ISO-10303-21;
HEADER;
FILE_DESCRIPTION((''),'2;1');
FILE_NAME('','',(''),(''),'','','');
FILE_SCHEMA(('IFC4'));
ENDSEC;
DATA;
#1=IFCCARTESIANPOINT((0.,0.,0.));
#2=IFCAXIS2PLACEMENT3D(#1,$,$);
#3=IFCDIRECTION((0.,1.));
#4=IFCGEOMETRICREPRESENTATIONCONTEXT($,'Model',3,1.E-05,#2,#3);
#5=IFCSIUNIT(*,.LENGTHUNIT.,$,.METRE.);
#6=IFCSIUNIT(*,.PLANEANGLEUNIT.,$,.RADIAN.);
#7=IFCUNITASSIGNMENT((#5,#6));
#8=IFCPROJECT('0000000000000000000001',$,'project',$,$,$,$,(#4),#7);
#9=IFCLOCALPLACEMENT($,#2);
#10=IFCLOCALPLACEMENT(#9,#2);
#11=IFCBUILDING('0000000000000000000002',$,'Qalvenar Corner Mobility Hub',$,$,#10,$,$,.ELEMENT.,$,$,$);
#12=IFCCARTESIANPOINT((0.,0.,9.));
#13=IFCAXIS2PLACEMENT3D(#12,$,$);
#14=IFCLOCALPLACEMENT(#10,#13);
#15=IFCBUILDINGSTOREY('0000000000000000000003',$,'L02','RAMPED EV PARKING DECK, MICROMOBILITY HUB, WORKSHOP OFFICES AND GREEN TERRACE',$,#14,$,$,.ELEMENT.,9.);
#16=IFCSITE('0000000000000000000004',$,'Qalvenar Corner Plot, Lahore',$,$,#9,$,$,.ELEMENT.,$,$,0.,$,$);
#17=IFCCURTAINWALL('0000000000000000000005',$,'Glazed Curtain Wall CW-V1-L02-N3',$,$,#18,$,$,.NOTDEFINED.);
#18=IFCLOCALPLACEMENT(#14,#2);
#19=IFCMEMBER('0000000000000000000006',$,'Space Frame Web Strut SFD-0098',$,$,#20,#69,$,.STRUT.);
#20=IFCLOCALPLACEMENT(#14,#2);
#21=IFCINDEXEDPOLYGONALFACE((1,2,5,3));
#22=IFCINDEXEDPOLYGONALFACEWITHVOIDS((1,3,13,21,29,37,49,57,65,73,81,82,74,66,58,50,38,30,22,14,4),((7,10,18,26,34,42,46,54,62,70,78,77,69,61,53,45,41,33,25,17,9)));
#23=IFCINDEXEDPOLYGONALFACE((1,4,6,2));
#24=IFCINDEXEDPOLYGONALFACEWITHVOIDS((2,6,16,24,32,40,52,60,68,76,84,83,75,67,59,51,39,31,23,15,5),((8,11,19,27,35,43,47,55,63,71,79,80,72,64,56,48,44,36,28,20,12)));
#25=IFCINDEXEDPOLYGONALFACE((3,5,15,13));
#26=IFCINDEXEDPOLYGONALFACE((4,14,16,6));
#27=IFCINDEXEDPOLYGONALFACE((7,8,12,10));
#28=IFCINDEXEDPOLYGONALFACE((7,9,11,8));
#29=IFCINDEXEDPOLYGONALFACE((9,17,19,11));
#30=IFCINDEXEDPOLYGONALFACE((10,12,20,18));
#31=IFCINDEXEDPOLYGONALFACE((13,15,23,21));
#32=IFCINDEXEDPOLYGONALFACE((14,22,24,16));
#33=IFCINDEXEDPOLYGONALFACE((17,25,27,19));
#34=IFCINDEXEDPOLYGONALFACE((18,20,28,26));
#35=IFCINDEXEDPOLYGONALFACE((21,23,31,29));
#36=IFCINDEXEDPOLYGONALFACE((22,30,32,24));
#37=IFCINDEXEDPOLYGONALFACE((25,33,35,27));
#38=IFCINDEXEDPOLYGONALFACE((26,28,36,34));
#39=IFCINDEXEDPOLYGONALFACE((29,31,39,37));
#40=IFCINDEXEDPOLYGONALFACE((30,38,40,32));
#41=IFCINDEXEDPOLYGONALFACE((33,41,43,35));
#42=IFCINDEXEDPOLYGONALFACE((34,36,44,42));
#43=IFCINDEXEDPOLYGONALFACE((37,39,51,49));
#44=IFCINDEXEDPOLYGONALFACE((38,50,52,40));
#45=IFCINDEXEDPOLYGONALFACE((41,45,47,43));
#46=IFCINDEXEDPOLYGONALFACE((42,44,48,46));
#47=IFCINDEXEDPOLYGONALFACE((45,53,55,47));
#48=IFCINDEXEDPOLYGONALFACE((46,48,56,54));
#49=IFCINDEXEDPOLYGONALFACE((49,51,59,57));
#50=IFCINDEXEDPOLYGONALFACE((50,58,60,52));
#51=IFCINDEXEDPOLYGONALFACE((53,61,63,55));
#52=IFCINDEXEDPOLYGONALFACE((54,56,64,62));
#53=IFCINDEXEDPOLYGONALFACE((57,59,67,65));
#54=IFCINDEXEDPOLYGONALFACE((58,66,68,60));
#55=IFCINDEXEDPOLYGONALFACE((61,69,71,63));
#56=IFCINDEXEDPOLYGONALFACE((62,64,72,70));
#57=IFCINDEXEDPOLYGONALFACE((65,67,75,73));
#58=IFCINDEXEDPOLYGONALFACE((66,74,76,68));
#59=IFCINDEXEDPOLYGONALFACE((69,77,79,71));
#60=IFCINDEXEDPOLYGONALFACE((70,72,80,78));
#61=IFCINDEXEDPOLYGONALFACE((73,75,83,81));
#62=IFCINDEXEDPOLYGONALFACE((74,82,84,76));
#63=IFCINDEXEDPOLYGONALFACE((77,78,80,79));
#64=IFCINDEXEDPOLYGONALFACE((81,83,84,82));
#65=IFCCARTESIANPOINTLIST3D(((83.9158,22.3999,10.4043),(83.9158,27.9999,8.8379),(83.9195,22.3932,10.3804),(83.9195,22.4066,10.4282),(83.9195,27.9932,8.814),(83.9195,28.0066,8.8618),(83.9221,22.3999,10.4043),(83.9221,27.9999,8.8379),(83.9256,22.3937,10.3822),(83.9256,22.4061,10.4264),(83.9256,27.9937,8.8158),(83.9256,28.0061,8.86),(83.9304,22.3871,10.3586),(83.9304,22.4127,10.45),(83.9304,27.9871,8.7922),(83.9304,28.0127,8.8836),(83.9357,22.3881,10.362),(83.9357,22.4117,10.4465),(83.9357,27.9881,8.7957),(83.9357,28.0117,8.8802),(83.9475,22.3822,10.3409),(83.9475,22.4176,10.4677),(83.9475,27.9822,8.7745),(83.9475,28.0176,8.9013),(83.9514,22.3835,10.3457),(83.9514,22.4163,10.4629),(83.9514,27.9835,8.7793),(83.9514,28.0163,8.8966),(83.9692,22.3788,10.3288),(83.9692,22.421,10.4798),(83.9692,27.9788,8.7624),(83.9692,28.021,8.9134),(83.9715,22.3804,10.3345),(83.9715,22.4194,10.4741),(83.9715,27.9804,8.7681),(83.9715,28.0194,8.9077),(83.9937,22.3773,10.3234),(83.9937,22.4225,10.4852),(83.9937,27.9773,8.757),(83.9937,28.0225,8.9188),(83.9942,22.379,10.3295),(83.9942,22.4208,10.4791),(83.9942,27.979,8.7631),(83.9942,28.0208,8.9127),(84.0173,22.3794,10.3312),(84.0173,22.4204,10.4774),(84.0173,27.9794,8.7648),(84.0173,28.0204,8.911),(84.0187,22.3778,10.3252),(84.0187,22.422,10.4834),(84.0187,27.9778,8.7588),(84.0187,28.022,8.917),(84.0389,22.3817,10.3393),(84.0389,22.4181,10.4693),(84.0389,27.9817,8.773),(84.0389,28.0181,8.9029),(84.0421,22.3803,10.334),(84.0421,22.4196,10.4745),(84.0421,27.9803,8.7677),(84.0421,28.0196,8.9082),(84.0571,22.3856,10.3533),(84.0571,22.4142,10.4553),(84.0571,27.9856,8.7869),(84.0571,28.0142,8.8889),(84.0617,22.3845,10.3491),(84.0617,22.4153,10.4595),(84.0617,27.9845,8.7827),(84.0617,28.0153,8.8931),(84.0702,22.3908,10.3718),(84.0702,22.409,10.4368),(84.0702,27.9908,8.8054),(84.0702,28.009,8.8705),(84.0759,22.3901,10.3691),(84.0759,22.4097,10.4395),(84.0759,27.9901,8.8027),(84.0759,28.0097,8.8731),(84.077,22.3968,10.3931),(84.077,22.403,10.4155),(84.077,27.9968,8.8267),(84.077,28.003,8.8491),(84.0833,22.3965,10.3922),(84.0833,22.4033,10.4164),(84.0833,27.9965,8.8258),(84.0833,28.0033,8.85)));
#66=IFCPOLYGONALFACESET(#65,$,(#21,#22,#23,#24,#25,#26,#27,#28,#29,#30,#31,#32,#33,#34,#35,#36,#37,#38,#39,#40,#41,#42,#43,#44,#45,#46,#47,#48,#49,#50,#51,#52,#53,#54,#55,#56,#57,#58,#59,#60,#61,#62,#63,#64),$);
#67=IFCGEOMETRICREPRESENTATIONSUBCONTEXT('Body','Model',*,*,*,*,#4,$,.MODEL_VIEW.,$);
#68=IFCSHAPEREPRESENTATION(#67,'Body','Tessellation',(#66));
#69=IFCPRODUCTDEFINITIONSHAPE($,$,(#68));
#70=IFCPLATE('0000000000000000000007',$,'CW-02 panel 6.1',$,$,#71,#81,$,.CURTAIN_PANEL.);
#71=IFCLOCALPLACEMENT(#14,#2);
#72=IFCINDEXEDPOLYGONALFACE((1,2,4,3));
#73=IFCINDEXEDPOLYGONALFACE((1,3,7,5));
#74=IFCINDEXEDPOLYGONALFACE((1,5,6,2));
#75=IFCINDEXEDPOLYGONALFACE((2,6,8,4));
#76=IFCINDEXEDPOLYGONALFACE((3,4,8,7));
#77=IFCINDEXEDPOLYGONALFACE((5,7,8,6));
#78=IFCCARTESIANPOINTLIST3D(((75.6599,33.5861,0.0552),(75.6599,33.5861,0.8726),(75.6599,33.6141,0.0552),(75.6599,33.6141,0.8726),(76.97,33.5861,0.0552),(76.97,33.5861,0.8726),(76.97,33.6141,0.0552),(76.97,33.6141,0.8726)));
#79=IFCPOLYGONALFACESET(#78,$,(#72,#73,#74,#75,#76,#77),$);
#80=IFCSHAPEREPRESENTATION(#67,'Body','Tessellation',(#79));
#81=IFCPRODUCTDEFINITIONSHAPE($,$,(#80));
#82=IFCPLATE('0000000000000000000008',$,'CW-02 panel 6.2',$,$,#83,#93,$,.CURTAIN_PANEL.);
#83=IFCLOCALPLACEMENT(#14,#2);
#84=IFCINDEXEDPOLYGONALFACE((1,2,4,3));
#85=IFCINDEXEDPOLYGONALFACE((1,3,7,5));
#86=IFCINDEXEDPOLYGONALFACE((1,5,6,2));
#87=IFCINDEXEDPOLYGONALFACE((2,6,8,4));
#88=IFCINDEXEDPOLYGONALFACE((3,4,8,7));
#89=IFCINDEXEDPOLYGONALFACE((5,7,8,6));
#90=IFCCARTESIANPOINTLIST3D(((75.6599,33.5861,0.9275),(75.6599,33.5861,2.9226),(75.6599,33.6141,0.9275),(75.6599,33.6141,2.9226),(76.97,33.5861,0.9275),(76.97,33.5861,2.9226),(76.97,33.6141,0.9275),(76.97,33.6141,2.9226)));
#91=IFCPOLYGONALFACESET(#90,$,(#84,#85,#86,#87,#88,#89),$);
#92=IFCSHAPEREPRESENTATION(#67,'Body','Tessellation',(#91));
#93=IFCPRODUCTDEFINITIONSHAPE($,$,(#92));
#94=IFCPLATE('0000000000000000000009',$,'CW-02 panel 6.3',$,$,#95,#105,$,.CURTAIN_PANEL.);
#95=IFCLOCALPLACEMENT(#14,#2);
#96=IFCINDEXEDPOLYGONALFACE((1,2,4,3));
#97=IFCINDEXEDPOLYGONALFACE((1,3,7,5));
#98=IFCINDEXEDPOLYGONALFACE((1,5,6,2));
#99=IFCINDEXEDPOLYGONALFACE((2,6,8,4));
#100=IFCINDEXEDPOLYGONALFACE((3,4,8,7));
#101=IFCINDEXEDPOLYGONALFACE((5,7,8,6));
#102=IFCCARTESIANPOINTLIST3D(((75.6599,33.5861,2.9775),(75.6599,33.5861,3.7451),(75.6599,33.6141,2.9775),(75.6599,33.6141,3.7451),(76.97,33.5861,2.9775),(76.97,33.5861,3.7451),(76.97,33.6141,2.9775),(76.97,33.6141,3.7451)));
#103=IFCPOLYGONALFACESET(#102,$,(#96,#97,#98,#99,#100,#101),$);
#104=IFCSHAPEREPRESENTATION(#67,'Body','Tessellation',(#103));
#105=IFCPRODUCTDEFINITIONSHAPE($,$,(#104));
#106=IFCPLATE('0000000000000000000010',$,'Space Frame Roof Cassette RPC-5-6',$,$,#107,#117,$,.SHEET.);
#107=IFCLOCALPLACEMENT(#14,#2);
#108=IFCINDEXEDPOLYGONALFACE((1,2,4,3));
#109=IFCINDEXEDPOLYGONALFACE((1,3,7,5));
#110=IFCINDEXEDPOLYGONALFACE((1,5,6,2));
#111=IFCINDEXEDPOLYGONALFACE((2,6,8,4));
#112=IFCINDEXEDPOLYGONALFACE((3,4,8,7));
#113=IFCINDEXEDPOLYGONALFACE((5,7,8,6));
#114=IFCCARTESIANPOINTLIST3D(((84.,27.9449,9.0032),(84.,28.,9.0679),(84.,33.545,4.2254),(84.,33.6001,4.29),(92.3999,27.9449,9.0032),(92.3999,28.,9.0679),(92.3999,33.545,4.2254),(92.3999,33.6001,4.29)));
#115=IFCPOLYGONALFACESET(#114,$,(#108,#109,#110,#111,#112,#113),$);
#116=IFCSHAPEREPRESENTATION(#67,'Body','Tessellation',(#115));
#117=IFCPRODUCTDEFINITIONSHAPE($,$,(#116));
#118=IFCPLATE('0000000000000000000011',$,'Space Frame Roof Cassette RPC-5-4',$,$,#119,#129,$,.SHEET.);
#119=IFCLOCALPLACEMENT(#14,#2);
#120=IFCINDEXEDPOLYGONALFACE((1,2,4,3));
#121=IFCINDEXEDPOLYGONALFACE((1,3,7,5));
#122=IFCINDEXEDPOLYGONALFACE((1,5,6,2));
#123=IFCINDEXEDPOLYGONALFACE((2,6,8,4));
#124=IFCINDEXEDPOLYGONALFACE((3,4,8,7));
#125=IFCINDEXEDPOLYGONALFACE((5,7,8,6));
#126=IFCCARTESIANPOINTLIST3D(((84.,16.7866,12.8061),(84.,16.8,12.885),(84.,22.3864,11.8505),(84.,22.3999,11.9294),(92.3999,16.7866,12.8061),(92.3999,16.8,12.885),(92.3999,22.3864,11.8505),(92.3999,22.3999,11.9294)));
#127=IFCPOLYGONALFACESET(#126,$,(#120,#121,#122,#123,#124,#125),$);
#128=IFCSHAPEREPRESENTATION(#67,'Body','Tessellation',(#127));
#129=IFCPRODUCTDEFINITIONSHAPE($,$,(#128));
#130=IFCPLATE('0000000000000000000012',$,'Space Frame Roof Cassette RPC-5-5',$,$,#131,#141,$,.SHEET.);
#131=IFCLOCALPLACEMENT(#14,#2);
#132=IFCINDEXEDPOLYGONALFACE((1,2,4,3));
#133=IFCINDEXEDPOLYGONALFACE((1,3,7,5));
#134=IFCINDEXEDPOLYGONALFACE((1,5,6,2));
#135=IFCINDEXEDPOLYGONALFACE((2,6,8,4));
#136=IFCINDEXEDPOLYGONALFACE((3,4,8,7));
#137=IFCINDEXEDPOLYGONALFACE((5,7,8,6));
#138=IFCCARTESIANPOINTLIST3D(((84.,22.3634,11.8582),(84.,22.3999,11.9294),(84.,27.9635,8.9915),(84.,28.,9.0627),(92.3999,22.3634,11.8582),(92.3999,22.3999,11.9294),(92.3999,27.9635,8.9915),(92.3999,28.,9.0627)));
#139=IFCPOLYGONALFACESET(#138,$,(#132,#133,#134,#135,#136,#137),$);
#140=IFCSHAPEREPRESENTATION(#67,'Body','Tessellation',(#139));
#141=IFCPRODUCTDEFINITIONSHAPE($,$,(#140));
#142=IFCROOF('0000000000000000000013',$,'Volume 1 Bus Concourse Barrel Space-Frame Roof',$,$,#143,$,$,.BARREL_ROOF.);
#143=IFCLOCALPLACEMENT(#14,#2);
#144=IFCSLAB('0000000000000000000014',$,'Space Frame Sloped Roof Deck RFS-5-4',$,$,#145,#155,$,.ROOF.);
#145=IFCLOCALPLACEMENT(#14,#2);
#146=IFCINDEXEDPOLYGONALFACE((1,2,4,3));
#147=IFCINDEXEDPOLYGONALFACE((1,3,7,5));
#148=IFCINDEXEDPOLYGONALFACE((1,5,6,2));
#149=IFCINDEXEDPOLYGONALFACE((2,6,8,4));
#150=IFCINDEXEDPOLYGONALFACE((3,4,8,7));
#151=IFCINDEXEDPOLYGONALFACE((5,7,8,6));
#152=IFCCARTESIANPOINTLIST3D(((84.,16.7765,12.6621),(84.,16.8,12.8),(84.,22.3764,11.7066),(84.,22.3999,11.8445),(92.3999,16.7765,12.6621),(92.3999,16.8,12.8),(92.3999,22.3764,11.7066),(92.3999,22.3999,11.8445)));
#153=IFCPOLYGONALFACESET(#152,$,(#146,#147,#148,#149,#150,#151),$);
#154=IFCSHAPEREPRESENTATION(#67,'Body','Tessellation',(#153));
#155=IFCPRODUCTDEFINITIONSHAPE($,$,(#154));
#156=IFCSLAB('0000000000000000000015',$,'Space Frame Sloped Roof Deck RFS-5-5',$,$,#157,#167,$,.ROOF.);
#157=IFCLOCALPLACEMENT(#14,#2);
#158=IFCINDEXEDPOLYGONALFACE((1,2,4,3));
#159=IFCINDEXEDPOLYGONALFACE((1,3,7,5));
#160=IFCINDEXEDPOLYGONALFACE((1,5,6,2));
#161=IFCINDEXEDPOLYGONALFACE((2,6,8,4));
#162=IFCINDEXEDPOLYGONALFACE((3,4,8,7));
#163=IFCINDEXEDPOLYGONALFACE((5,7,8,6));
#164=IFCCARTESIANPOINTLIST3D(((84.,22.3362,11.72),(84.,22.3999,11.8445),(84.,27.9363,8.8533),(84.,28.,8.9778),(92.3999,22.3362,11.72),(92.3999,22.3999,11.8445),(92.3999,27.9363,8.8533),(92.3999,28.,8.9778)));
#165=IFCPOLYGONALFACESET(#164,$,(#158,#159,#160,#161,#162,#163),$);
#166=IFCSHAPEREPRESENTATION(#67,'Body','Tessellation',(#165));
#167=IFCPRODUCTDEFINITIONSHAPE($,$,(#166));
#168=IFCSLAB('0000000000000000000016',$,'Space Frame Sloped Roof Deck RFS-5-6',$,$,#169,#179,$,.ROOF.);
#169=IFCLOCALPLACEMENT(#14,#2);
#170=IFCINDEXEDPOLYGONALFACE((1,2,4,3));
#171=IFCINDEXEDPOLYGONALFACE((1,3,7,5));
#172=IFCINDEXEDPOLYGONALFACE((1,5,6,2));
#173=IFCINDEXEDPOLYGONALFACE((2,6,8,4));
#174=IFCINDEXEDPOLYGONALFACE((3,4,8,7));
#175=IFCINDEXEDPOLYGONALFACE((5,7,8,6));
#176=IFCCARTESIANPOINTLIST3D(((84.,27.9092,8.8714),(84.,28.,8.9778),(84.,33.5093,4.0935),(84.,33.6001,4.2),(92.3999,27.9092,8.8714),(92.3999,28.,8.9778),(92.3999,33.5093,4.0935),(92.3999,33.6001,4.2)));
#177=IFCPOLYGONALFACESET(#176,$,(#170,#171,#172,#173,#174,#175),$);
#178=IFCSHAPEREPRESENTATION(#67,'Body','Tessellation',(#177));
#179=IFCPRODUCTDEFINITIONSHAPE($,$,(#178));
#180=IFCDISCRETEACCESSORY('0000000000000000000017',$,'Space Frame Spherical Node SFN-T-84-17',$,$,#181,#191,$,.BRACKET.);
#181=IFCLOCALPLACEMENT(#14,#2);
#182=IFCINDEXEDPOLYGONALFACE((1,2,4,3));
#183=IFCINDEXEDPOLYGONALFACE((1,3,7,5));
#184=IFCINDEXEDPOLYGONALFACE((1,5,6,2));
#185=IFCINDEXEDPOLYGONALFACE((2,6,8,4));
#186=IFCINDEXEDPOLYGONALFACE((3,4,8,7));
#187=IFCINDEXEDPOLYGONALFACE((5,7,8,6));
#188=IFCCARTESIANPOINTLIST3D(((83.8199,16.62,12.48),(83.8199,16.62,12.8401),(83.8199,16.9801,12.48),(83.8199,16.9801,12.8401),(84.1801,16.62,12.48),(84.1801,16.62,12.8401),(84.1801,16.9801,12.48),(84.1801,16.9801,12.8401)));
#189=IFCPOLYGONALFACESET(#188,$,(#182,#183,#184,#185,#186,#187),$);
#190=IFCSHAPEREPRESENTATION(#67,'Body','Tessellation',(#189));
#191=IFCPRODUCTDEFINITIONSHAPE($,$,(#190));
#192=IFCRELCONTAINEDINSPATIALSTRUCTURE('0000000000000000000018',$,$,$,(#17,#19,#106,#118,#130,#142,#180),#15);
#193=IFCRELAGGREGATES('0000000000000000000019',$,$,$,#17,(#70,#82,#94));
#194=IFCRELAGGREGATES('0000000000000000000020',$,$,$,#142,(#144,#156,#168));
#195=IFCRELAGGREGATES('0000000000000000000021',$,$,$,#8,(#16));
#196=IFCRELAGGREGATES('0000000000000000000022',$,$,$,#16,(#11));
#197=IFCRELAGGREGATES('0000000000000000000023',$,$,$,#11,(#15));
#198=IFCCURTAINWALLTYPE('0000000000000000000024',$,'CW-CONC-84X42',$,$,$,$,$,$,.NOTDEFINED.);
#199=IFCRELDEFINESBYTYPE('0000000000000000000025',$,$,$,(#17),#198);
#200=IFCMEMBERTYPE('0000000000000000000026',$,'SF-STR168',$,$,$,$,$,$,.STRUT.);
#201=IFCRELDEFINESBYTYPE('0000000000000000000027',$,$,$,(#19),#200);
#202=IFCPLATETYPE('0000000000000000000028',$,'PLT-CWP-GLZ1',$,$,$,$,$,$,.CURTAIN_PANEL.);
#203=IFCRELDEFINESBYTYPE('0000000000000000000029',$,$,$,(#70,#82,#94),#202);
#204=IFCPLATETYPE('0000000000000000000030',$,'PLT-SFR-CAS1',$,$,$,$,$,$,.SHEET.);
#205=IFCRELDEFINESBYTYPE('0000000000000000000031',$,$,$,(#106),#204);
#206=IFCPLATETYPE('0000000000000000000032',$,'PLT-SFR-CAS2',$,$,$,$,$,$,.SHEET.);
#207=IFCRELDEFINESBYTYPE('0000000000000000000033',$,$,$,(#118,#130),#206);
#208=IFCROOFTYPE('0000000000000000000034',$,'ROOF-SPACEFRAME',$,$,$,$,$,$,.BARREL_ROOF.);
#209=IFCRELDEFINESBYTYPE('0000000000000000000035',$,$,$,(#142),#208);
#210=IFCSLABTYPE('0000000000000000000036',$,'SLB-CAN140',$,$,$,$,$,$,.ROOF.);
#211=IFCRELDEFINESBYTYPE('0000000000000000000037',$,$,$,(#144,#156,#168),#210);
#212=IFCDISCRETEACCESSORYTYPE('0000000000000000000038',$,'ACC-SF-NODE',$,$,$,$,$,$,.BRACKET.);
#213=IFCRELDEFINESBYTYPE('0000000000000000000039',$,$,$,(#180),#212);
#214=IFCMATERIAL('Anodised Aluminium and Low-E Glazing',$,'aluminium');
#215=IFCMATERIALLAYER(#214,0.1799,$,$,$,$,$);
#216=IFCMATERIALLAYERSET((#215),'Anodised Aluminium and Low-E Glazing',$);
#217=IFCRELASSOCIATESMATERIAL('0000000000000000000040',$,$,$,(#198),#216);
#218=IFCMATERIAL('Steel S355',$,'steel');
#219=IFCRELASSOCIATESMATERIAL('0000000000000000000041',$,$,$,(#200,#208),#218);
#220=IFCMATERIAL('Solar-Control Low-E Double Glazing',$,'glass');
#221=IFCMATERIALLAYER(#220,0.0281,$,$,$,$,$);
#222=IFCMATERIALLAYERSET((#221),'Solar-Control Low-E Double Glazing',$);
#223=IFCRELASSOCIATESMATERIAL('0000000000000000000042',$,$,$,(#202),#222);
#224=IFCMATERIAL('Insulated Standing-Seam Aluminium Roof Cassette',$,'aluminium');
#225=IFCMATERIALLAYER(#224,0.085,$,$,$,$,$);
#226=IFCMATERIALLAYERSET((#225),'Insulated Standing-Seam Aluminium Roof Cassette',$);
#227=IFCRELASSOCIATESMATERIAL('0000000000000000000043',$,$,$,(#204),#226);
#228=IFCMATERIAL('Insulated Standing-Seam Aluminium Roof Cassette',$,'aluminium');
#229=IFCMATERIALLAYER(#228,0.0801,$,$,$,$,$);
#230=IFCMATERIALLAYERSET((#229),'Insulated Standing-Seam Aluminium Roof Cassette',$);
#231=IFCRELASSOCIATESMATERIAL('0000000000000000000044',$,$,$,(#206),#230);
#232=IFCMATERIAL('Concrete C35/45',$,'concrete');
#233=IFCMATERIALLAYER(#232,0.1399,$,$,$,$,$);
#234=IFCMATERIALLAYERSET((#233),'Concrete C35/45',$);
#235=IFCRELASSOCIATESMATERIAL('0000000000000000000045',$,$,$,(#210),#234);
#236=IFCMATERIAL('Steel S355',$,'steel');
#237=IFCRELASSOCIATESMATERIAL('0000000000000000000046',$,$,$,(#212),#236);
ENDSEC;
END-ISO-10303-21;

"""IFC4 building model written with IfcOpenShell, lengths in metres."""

from ifc_helpers import new_model, si_unit, direction, frame, origin, origin_2d, place, context, subcontext, project, spatial, polyline, rectangle, hollow_circle, outline, extrude, material, layer, layer_set, material_profile, profile_set, type_object, element, aggregate, save


model = new_model("IFC4")

# Units and contexts
model_context = context("Model", 3, precision=1e-05, world=origin(), true_north=direction((0.0, 1.0)))
body_context = subcontext(model_context, "Body", "Model", "MODEL_VIEW")
ifc_project = project(units=[si_unit("LENGTHUNIT", "METRE"), si_unit("PLANEANGLEUNIT", "RADIAN")], contexts=[model_context])

# Site, building, storey
site_placement = place(None, origin())
site = spatial("IfcSite", under=ifc_project, at=site_placement, Name="Qalvenar Corner Plot, Lahore", CompositionType="ELEMENT", RefElevation=0.0)
building_placement = place(site_placement, origin())
building = spatial("IfcBuilding", under=site, at=building_placement, Name="Qalvenar Corner Mobility Hub", CompositionType="ELEMENT")
storey_placement = place(building_placement, frame((0.0, 0.0, 9.0)))
storey = spatial("IfcBuildingStorey", under=building, at=storey_placement, Name="L02", Description="RAMPED EV PARKING DECK, MICROMOBILITY HUB, WORKSHOP OFFICES AND GREEN TERRACE", CompositionType="ELEMENT", Elevation=9.0)

# Curtain wall
ifc_material_1 = material(Name="Anodised Aluminium and Low-E Glazing", Category="aluminium")
ifc_layer_1 = layer(ifc_material_1, 0.1799)
ifc_layer_set_1 = layer_set([ifc_layer_1], Name="Anodised Aluminium and Low-E Glazing")
curtain_wall_type = type_object("IfcCurtainWallType", Name="CW-CONC-84X42", PredefinedType="NOTDEFINED", material=ifc_layer_set_1)
curtain_wall_placement = place(storey_placement, origin())
curtain_wall = element("IfcCurtainWall", 1, at=curtain_wall_placement, inside=storey, type_object=curtain_wall_type, Name="Glazed Curtain Wall CW-V1-L02-N3", PredefinedType="NOTDEFINED")

# Member
ifc_material_2 = material(Name="Steel S355", Category="steel")
ifc_material_profile_1 = material_profile(ifc_material_2, hollow_circle(Radius=0.0842, WallThickness=0.0063, at=origin_2d()), Name="CHS168.3x6.3")
ifc_profile_set_1 = profile_set([ifc_material_profile_1], Name="Steel S355")
member_type_1 = type_object("IfcMemberType", Name="SF-STR168", PredefinedType="STRUT", material=ifc_profile_set_1)
member_1_placement = place(storey_placement, frame((84.0, 22.3999, 10.4043), z_axis=(0.0, 0.963036, -0.269371), x_axis=(-1.0, 0.0, 0.0)))
element("IfcMember", 2, at=member_1_placement, inside=storey, type_object=member_type_1, Name="Space Frame Web Strut SFD-0098", PredefinedType="STRUT", context=body_context, shape_type="SweptSolid", body=[
    extrude(hollow_circle(Radius=0.0842, WallThickness=0.0063, at=origin_2d()), origin(), (0.0, 0.0, 1.0), 5.8149),
])

# Plates
ifc_material_3 = material(Name="Solar-Control Low-E Double Glazing", Category="glass")
ifc_layer_2 = layer(ifc_material_3, 0.0281)
ifc_layer_set_2 = layer_set([ifc_layer_2], Name="Solar-Control Low-E Double Glazing")
plate_type_1 = type_object("IfcPlateType", Name="PLT-CWP-GLZ1", PredefinedType="CURTAIN_PANEL", material=ifc_layer_set_2)
plate_1_placement = place(storey_placement, frame((76.3149, 33.6001, 0.0552), z_axis=(0.0, 0.0, 1.0), x_axis=(-1.0, 0.0, 0.0)))
plate_1 = element("IfcPlate", 3, at=plate_1_placement, type_object=plate_type_1, Name="CW-02 panel 6.1", PredefinedType="CURTAIN_PANEL", context=body_context, shape_type="SweptSolid", body=[
    extrude(rectangle(XDim=1.3101, YDim=0.0281, at=origin_2d()), origin(), (0.0, 0.0, 1.0), 0.8174),
])
plate_2_placement = place(storey_placement, frame((76.3149, 33.6001, 0.9275), z_axis=(0.0, 0.0, 1.0), x_axis=(-1.0, 0.0, 0.0)))
plate_2 = element("IfcPlate", 4, at=plate_2_placement, type_object=plate_type_1, Name="CW-02 panel 6.2", PredefinedType="CURTAIN_PANEL", context=body_context, shape_type="SweptSolid", body=[
    extrude(rectangle(XDim=1.3101, YDim=0.0281, at=origin_2d()), origin(), (0.0, 0.0, 1.0), 1.9951),
])
plate_3_placement = place(storey_placement, frame((76.3149, 33.6001, 2.9775), z_axis=(0.0, 0.0, 1.0), x_axis=(-1.0, 0.0, 0.0)))
plate_3 = element("IfcPlate", 5, at=plate_3_placement, type_object=plate_type_1, Name="CW-02 panel 6.3", PredefinedType="CURTAIN_PANEL", context=body_context, shape_type="SweptSolid", body=[
    extrude(rectangle(XDim=1.3101, YDim=0.0281, at=origin_2d()), origin(), (0.0, 0.0, 1.0), 0.7676),
])
aggregate(curtain_wall, [plate_1, plate_2, plate_3])

# Plates
ifc_material_4 = material(Name="Insulated Standing-Seam Aluminium Roof Cassette", Category="aluminium")
ifc_layer_3 = layer(ifc_material_4, 0.085)
ifc_layer_set_3 = layer_set([ifc_layer_3], Name="Insulated Standing-Seam Aluminium Roof Cassette")
plate_type_2 = type_object("IfcPlateType", Name="PLT-SFR-CAS1", PredefinedType="SHEET", material=ifc_layer_set_3)
plate_4_placement = place(storey_placement, frame((84.0, 28.0, 9.0679), z_axis=(0.0, 0.649047, 0.760748), x_axis=(1.0, 0.0, 0.0)))
element("IfcPlate", 6, at=plate_4_placement, inside=storey, type_object=plate_type_2, Name="Space Frame Roof Cassette RPC-5-6", PredefinedType="SHEET", context=body_context, shape_type="SweptSolid", body=[
    extrude(outline(polyline([(0.0, 0.0), (8.3999, 0.0), (8.3999, 7.3613), (0.0, 7.3613), (0.0, 0.0)])), origin(), (0.0, 0.0, -1.0), 0.085),
])
ifc_material_5 = material(Name="Insulated Standing-Seam Aluminium Roof Cassette", Category="aluminium")
ifc_layer_4 = layer(ifc_material_5, 0.0801)
ifc_layer_set_4 = layer_set([ifc_layer_4], Name="Insulated Standing-Seam Aluminium Roof Cassette")
plate_type_3 = type_object("IfcPlateType", Name="PLT-SFR-CAS2", PredefinedType="SHEET", material=ifc_layer_set_4)
plate_5_placement = place(storey_placement, frame((84.0, 16.8, 12.885), z_axis=(0.0, 0.16821, 0.985751), x_axis=(1.0, 0.0, 0.0)))
element("IfcPlate", 7, at=plate_5_placement, inside=storey, type_object=plate_type_3, Name="Space Frame Roof Cassette RPC-5-4", PredefinedType="SHEET", context=body_context, shape_type="SweptSolid", body=[
    extrude(outline(polyline([(0.0, 0.0), (8.3999, 0.0), (8.3999, 5.6808), (0.0, 5.6808), (0.0, 0.0)])), origin(), (0.0, 0.0, -1.0), 0.0801),
])
plate_6_placement = place(storey_placement, frame((84.0, 22.3999, 11.9294), z_axis=(0.0, 0.455669, 0.890149), x_axis=(1.0, 0.0, 0.0)))
element("IfcPlate", 8, at=plate_6_placement, inside=storey, type_object=plate_type_3, Name="Space Frame Roof Cassette RPC-5-5", PredefinedType="SHEET", context=body_context, shape_type="SweptSolid", body=[
    extrude(outline(polyline([(0.0, 0.0), (8.3999, 0.0), (8.3999, 6.2912), (0.0, 6.2912), (0.0, 0.0)])), origin(), (0.0, 0.0, -1.0), 0.0801),
])

# Roof, slabs
roof_type = type_object("IfcRoofType", Name="ROOF-SPACEFRAME", PredefinedType="BARREL_ROOF", material=ifc_material_2)
roof_placement = place(storey_placement, origin())
roof = element("IfcRoof", 9, at=roof_placement, inside=storey, type_object=roof_type, Name="Volume 1 Bus Concourse Barrel Space-Frame Roof", PredefinedType="BARREL_ROOF")
ifc_material_6 = material(Name="Concrete C35/45", Category="concrete")
ifc_layer_5 = layer(ifc_material_6, 0.1399)
ifc_layer_set_5 = layer_set([ifc_layer_5], Name="Concrete C35/45")
slab_type = type_object("IfcSlabType", Name="SLB-CAN140", PredefinedType="ROOF", material=ifc_layer_set_5)
slab_1_placement = place(storey_placement, frame((84.0, 16.8, 12.8), z_axis=(0.0, 0.16821, 0.985751), x_axis=(1.0, 0.0, 0.0)))
slab_1 = element("IfcSlab", 10, at=slab_1_placement, type_object=slab_type, Name="Space Frame Sloped Roof Deck RFS-5-4", PredefinedType="ROOF", context=body_context, shape_type="SweptSolid", body=[
    extrude(outline(polyline([(0.0, 0.0), (8.3999, 0.0), (8.3999, 5.6808), (0.0, 5.6808), (0.0, 0.0)])), origin(), (0.0, 0.0, -1.0), 0.1399),
])
slab_2_placement = place(storey_placement, frame((84.0, 22.3999, 11.8445), z_axis=(0.0, 0.455669, 0.890149), x_axis=(1.0, 0.0, 0.0)))
slab_2 = element("IfcSlab", 11, at=slab_2_placement, type_object=slab_type, Name="Space Frame Sloped Roof Deck RFS-5-5", PredefinedType="ROOF", context=body_context, shape_type="SweptSolid", body=[
    extrude(outline(polyline([(0.0, 0.0), (8.3999, 0.0), (8.3999, 6.2912), (0.0, 6.2912), (0.0, 0.0)])), origin(), (0.0, 0.0, -1.0), 0.1399),
])
slab_3_placement = place(storey_placement, frame((84.0, 28.0, 8.9778), z_axis=(0.0, 0.649047, 0.760748), x_axis=(1.0, 0.0, 0.0)))
slab_3 = element("IfcSlab", 12, at=slab_3_placement, type_object=slab_type, Name="Space Frame Sloped Roof Deck RFS-5-6", PredefinedType="ROOF", context=body_context, shape_type="SweptSolid", body=[
    extrude(outline(polyline([(0.0, 0.0), (8.3999, 0.0), (8.3999, 7.3613), (0.0, 7.3613), (0.0, 0.0)])), origin(), (0.0, 0.0, -1.0), 0.1399),
])
aggregate(roof, [slab_1, slab_2, slab_3])

# Discrete accessory
ifc_material_7 = material(Name="Steel S355", Category="steel")
discrete_accessory_type = type_object("IfcDiscreteAccessoryType", Name="ACC-SF-NODE", PredefinedType="BRACKET", material=ifc_material_7)
discrete_accessory_1_placement = place(storey_placement, frame((84.0, 16.8, 12.48), z_axis=(0.0, 0.0, 1.0), x_axis=(1.0, 0.0, 0.0)))
element("IfcDiscreteAccessory", 13, at=discrete_accessory_1_placement, inside=storey, type_object=discrete_accessory_type, Name="Space Frame Spherical Node SFN-T-84-17", PredefinedType="BRACKET", context=body_context, shape_type="SweptSolid", body=[
    extrude(rectangle(XDim=0.3601, YDim=0.3601, at=origin_2d()), origin(), (0.0, 0.0, 1.0), 0.3601),
])

save(model, "model.ifc")
